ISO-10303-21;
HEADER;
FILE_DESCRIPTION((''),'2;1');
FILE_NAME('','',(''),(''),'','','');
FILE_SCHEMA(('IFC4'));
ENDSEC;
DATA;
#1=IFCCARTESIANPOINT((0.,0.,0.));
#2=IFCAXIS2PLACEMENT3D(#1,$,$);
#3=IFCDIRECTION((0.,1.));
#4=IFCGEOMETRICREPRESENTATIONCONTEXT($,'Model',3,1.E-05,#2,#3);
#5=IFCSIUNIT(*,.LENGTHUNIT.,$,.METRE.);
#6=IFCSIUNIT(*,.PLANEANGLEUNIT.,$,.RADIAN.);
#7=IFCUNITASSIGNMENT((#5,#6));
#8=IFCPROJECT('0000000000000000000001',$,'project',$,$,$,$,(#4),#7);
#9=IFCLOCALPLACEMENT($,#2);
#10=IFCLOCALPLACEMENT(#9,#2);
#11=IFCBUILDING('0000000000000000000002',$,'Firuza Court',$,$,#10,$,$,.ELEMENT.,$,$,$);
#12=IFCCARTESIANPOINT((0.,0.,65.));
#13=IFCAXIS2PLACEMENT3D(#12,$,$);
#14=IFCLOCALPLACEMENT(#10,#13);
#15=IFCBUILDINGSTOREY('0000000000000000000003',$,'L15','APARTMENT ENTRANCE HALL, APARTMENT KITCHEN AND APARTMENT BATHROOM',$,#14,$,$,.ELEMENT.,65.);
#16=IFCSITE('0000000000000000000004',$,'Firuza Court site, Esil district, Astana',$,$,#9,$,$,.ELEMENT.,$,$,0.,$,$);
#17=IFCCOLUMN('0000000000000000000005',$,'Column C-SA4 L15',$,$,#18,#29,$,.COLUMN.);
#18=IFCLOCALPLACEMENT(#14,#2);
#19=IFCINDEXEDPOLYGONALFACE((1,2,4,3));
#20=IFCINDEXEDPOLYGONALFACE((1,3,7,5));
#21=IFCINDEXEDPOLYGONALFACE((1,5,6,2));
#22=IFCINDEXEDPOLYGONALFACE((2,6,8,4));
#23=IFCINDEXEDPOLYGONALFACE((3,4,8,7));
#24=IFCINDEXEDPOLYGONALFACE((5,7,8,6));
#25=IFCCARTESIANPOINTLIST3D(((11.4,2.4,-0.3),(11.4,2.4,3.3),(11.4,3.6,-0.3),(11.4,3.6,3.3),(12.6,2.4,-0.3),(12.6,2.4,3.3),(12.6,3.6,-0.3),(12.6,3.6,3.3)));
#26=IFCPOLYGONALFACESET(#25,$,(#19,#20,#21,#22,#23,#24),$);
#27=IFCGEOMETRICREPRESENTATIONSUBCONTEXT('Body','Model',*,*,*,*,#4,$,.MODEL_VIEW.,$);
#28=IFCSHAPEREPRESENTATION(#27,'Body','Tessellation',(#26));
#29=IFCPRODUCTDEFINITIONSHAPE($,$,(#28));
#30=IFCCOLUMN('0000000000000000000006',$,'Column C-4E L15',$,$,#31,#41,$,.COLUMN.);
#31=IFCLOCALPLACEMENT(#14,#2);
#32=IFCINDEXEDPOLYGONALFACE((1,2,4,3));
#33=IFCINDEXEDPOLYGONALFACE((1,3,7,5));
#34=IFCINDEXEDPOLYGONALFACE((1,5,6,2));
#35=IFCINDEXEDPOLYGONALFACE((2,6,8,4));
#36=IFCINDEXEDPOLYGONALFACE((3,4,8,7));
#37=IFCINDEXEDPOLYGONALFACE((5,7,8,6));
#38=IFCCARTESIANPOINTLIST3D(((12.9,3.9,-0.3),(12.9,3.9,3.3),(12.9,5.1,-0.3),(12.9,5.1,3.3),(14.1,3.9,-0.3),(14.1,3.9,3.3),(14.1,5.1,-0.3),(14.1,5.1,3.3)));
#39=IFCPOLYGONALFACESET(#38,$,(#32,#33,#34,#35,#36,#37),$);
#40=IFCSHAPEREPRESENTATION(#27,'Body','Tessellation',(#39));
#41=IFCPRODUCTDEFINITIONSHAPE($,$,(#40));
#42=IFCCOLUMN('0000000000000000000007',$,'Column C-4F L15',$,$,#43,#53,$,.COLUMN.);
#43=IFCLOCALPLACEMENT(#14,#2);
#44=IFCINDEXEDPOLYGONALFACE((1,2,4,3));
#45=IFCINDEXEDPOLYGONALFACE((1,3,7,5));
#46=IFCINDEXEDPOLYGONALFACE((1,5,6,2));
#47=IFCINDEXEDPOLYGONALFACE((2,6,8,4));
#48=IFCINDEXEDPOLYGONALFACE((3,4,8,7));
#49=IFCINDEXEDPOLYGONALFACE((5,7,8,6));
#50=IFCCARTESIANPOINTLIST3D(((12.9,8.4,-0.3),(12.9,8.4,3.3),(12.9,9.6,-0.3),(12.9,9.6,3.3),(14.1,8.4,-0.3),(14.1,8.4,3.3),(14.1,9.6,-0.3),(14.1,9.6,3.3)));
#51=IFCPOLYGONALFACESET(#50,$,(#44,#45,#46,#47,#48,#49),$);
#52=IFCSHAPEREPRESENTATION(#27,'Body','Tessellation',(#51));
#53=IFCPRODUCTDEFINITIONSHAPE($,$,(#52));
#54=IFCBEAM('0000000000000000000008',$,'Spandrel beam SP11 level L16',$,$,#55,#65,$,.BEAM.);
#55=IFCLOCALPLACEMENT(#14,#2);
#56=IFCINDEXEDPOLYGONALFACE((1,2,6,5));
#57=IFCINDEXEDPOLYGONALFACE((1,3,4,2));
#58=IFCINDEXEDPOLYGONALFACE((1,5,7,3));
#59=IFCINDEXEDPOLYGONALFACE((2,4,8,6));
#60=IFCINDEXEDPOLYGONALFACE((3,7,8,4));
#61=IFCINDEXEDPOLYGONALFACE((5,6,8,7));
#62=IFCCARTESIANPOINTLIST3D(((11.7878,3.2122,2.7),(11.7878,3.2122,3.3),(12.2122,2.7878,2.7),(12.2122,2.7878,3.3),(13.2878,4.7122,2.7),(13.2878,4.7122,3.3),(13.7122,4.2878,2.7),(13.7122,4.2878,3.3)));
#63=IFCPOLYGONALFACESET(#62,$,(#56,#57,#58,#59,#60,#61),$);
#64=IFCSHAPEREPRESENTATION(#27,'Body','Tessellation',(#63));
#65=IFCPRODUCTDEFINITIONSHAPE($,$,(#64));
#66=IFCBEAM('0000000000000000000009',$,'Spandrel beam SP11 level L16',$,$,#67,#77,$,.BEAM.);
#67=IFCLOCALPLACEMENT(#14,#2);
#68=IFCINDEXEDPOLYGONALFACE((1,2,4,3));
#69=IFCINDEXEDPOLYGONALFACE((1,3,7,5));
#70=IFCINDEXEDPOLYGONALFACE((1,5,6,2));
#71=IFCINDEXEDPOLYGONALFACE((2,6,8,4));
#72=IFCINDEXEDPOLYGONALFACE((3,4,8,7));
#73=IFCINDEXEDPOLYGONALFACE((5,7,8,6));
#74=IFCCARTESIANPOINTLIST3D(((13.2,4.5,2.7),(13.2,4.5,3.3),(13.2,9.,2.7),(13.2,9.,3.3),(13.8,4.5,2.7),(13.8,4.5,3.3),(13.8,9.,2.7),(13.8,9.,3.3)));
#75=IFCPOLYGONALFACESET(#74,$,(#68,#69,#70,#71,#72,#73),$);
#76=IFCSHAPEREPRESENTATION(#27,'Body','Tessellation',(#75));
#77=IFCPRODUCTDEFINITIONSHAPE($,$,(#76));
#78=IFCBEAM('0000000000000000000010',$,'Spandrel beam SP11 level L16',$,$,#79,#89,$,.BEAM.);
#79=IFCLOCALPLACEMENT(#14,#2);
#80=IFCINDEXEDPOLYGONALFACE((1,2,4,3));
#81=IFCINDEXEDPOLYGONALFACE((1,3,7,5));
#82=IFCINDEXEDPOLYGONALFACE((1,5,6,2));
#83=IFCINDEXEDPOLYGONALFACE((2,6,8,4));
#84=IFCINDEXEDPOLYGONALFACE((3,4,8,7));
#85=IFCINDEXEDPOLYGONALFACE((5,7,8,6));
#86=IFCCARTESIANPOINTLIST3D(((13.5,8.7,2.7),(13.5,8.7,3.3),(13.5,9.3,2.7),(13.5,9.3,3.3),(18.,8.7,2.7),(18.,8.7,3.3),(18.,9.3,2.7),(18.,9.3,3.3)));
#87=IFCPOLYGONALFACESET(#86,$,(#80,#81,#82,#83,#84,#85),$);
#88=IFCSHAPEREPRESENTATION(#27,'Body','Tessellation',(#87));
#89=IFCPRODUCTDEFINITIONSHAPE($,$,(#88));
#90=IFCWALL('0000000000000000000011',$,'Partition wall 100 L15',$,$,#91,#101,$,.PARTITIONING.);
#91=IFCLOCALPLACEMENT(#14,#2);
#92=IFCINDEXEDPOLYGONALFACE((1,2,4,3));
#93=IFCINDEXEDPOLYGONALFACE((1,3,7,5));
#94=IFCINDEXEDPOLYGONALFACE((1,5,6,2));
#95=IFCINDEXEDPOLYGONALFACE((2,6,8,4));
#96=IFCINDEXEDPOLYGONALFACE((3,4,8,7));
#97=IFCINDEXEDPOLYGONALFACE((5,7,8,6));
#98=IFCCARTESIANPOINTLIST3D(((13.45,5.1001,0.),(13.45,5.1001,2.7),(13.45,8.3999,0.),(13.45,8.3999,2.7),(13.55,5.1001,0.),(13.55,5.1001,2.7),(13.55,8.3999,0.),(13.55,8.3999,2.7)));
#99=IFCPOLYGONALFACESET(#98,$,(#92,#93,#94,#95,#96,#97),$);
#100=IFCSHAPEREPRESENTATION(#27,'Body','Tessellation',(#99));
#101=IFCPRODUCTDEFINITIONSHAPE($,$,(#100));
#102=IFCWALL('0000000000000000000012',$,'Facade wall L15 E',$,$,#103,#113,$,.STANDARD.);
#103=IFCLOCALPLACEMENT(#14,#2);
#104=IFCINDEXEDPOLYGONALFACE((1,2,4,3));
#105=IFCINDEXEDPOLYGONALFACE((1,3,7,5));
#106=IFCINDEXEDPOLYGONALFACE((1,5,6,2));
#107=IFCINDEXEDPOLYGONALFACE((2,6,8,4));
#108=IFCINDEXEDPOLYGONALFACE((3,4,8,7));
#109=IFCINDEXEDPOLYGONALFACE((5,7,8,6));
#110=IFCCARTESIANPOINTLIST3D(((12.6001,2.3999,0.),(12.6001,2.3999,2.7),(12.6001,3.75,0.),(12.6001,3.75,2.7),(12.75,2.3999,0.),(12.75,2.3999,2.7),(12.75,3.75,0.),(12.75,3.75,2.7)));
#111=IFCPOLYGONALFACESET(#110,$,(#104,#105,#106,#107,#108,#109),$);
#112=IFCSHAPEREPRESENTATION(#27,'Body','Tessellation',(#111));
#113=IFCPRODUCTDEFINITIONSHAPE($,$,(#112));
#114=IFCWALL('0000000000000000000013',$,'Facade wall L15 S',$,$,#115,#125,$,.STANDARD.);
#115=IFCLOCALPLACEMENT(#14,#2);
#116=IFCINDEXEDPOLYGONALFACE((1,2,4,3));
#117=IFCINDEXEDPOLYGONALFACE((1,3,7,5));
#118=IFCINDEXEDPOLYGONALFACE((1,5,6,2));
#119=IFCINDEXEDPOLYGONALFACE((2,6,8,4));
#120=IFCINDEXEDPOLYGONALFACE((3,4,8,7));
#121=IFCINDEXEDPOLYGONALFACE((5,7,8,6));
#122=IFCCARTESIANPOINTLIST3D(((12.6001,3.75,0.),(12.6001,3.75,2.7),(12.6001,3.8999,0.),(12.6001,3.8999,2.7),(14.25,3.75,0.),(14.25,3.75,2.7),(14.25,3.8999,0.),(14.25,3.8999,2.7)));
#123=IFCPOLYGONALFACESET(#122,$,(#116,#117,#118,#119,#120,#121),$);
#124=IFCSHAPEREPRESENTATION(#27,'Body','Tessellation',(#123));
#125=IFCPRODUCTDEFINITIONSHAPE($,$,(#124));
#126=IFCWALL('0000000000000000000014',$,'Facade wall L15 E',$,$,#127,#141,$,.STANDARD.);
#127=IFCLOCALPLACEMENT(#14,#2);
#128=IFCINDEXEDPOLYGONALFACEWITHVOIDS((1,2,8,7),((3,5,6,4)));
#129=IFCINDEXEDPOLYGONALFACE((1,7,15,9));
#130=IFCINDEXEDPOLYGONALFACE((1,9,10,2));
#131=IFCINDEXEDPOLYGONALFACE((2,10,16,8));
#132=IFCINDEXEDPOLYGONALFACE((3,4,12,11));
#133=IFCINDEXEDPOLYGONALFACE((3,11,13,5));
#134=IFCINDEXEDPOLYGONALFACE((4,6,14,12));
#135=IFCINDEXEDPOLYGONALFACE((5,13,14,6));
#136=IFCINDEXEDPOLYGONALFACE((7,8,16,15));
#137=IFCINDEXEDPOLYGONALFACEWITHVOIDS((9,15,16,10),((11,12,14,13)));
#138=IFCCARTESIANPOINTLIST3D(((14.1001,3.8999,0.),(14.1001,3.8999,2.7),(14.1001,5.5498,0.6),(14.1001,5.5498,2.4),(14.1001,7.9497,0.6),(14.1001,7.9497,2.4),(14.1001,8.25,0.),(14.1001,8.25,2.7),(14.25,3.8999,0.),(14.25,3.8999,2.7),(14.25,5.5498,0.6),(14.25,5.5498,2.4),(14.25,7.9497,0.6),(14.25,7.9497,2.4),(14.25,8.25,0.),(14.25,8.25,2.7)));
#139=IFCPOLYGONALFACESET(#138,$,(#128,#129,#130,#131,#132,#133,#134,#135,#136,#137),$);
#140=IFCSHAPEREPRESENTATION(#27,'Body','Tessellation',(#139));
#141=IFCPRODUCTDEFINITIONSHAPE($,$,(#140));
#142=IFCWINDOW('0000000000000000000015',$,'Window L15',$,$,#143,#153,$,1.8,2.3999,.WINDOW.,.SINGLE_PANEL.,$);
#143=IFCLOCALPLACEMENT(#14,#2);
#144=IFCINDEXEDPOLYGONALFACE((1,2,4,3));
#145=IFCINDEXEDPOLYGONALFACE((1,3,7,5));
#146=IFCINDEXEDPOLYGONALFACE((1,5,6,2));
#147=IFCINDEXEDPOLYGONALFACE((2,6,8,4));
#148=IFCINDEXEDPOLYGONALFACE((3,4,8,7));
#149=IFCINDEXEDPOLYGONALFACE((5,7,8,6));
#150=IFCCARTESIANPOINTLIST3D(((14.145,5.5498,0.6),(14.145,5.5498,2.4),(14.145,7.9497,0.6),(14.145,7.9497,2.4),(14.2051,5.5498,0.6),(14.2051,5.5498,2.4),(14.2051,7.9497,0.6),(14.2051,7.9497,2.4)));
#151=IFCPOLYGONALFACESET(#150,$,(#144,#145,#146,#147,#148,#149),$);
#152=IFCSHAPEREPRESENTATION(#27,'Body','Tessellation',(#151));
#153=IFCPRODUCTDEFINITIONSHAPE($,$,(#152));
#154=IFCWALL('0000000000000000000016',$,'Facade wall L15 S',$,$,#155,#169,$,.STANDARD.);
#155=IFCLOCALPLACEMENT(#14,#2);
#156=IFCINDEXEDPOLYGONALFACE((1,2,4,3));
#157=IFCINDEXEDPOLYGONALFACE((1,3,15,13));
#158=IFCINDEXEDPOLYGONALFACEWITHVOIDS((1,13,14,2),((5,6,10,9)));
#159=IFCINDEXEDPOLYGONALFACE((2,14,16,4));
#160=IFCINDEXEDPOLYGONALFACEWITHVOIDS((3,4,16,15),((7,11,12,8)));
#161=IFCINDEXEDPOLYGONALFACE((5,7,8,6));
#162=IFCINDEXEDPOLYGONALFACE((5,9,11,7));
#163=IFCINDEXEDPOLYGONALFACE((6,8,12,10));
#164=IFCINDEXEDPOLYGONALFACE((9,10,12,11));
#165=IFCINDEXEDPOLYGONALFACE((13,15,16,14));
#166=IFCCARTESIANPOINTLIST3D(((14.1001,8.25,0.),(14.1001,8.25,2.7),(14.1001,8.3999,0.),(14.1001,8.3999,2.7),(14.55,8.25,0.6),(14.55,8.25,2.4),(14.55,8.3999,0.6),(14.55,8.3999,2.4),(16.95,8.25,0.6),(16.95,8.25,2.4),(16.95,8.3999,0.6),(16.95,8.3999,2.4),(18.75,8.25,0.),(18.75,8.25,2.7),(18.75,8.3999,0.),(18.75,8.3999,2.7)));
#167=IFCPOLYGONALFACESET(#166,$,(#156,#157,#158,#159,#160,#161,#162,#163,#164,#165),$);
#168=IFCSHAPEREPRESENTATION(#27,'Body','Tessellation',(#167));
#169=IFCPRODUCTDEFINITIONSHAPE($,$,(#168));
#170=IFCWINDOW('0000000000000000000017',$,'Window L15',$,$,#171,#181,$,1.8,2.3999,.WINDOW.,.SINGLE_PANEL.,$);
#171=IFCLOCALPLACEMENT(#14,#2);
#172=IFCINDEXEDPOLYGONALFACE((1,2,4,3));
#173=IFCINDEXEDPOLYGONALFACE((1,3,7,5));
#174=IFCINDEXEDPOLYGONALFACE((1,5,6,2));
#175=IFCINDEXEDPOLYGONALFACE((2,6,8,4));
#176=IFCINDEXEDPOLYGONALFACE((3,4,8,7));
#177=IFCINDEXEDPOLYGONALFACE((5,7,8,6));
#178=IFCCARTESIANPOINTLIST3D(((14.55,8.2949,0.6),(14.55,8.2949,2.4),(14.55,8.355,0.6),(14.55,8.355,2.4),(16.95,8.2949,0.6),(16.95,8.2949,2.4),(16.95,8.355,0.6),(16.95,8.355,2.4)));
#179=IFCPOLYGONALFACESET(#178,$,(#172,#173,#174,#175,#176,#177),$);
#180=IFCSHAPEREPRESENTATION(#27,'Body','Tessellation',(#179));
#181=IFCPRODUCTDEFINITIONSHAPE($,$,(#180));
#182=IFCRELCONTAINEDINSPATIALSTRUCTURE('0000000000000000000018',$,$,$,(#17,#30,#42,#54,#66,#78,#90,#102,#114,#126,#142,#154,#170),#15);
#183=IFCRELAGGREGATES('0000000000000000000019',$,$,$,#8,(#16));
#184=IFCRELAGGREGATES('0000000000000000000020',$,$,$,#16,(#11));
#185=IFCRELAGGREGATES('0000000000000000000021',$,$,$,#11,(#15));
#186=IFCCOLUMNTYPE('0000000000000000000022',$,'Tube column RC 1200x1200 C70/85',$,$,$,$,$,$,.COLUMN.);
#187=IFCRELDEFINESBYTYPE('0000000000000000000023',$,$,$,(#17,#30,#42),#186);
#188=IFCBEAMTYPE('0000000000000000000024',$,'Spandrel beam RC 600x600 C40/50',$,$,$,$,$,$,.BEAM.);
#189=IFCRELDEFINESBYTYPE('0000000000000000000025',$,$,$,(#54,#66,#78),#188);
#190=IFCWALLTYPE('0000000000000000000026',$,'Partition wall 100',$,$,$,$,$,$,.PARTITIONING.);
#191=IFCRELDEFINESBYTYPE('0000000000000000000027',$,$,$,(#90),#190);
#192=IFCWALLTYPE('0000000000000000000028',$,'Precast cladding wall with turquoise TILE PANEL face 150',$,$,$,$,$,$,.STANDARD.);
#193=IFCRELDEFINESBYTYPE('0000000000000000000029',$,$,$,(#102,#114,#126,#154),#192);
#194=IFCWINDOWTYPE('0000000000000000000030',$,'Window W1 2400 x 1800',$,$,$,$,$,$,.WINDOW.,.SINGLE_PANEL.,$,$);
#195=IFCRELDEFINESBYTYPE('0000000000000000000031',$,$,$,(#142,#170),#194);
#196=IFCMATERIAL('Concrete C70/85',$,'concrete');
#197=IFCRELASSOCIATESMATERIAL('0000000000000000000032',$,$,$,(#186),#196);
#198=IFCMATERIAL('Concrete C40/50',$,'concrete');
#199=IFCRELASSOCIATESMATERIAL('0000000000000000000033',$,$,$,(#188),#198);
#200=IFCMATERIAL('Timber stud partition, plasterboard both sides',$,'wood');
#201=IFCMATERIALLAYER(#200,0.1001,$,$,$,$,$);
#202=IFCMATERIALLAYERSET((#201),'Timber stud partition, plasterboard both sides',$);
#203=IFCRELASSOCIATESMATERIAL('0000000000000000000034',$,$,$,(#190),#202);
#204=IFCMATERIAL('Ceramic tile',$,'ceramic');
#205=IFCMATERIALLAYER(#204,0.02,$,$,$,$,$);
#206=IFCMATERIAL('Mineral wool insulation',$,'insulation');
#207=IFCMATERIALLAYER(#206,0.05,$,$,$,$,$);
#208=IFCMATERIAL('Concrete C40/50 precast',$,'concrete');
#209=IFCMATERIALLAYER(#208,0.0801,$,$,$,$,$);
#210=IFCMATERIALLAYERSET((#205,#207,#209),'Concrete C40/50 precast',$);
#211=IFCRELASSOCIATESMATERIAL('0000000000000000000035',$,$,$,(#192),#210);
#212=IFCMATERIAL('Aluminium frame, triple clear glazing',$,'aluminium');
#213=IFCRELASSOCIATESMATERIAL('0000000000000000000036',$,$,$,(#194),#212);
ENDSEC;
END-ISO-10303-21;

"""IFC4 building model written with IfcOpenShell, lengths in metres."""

from ifc_helpers import new_model, si_unit, direction, frame, frame_2d, origin, origin_2d, place, context, subcontext, project, spatial, rectangle, extrude, material, layer, layer_set, material_profile, profile_set, type_object, element, fill, save


model = new_model("IFC4")

# Units and contexts
model_context = context("Model", 3, precision=1e-05, world=origin(), true_north=direction((0.0, 1.0)))
body_context = subcontext(model_context, "Body", "Model", "MODEL_VIEW")
ifc_project = project(units=[si_unit("LENGTHUNIT", "METRE"), si_unit("PLANEANGLEUNIT", "RADIAN")], contexts=[model_context])

# Site, building, storey
site_placement = place(None, origin())
site = spatial("IfcSite", under=ifc_project, at=site_placement, Name="Firuza Court site, Esil district, Astana", CompositionType="ELEMENT", RefElevation=0.0)
building_placement = place(site_placement, origin())
building = spatial("IfcBuilding", under=site, at=building_placement, Name="Firuza Court", CompositionType="ELEMENT")
storey_placement = place(building_placement, frame((0.0, 0.0, 65.0)))
storey = spatial("IfcBuildingStorey", under=building, at=storey_placement, Name="L15", Description="APARTMENT ENTRANCE HALL, APARTMENT KITCHEN AND APARTMENT BATHROOM", CompositionType="ELEMENT", Elevation=65.0)

# Columns
ifc_material_1 = material(Name="Concrete C70/85", Category="concrete")
ifc_material_profile_1 = material_profile(ifc_material_1, rectangle(XDim=1.2, YDim=1.2, at=origin_2d()), Name="RC 1200x1200")
ifc_profile_set_1 = profile_set([ifc_material_profile_1], Name="Concrete C70/85")
column_type = type_object("IfcColumnType", Name="Tube column RC 1200x1200 C70/85", PredefinedType="COLUMN", material=ifc_profile_set_1)
for number, where, z_axis, x_axis, name in (
    (1, (12.0, 3.0, -0.3), (0.0, 0.0, 1.0), (1.0, 0.0, 0.0), "Column C-SA4 L15"),
    (2, (13.5, 4.5, -0.3), (0.0, 0.0, 1.0), (1.0, 0.0, 0.0), "Column C-4E L15"),
    (3, (13.5, 9.0, -0.3), (0.0, 0.0, 1.0), (1.0, 0.0, 0.0), "Column C-4F L15"),
):
    element("IfcColumn", number, at=place(storey_placement, frame(where, z_axis=z_axis, x_axis=x_axis)), inside=storey, type_object=column_type, Name=name, PredefinedType="COLUMN", context=body_context, shape_type="SweptSolid", body=[
        extrude(rectangle(XDim=1.2, YDim=1.2, at=origin_2d()), origin(), (0.0, 0.0, 1.0), 3.6001),
    ])

# Beams
ifc_material_2 = material(Name="Concrete C40/50", Category="concrete")
ifc_material_profile_2 = material_profile(ifc_material_2, rectangle(XDim=0.6001, YDim=0.6001, at=origin_2d()), Name="RC 600x600")
ifc_profile_set_2 = profile_set([ifc_material_profile_2], Name="Concrete C40/50")
beam_type = type_object("IfcBeamType", Name="Spandrel beam RC 600x600 C40/50", PredefinedType="BEAM", material=ifc_profile_set_2)
beam_placement = place(storey_placement, frame((12.0, 3.0, 3.0), z_axis=(0.707107, 0.707107, 0.0), x_axis=(-0.707107, 0.707107, 0.0)))
element("IfcBeam", 4, at=beam_placement, inside=storey, type_object=beam_type, Name="Spandrel beam SP11 level L16", PredefinedType="BEAM", context=body_context, shape_type="SweptSolid", body=[
    extrude(rectangle(XDim=0.6001, YDim=0.6001, at=origin_2d()), origin(), (0.0, 0.0, 1.0), 2.1213),
])
for number, where, z_axis, x_axis, name in (
    (5, (13.5, 4.5, 3.0), (0.0, 1.0, 0.0), (-1.0, 0.0, 0.0), "Spandrel beam SP11 level L16"),
    (6, (13.5, 9.0, 3.0), (1.0, 0.0, 0.0), (0.0, 1.0, 0.0), "Spandrel beam SP11 level L16"),
):
    element("IfcBeam", number, at=place(storey_placement, frame(where, z_axis=z_axis, x_axis=x_axis)), inside=storey, type_object=beam_type, Name=name, PredefinedType="BEAM", context=body_context, shape_type="SweptSolid", body=[
        extrude(rectangle(XDim=0.6001, YDim=0.6001, at=origin_2d()), origin(), (0.0, 0.0, 1.0), 4.5),
    ])

# Walls
ifc_material_3 = material(Name="Timber stud partition, plasterboard both sides", Category="wood")
ifc_layer_1 = layer(ifc_material_3, 0.1001)
ifc_layer_set_1 = layer_set([ifc_layer_1], Name="Timber stud partition, plasterboard both sides")
wall_type_1 = type_object("IfcWallType", Name="Partition wall 100", PredefinedType="PARTITIONING", material=ifc_layer_set_1)
wall_1_placement = place(storey_placement, frame((13.5, 5.1001, 0.0), z_axis=(0.0, 0.0, 1.0), x_axis=(0.0, 1.0, 0.0)))
element("IfcWall", 7, at=wall_1_placement, inside=storey, type_object=wall_type_1, Name="Partition wall 100 L15", PredefinedType="PARTITIONING", context=body_context, shape_type="SweptSolid", body=[
    extrude(rectangle(XDim=3.2998, YDim=0.1001, at=frame_2d((1.6499, 0.0))), origin(), (0.0, 0.0, 1.0), 2.7),
])
ifc_material_4 = material(Name="Ceramic tile", Category="ceramic")
ifc_layer_2 = layer(ifc_material_4, 0.02)
ifc_material_5 = material(Name="Mineral wool insulation", Category="insulation")
ifc_layer_3 = layer(ifc_material_5, 0.05)
ifc_material_6 = material(Name="Concrete C40/50 precast", Category="concrete")
ifc_layer_4 = layer(ifc_material_6, 0.0801)
ifc_layer_set_2 = layer_set([ifc_layer_2, ifc_layer_3, ifc_layer_4], Name="Concrete C40/50 precast")
wall_type_2 = type_object("IfcWallType", Name="Precast cladding wall with turquoise TILE PANEL face 150", PredefinedType="STANDARD", material=ifc_layer_set_2)
wall_2_placement = place(storey_placement, frame((12.675, 2.3999, 0.0), z_axis=(0.0, 0.0, 1.0), x_axis=(0.0, 1.0, 0.0)))
element("IfcWall", 8, at=wall_2_placement, inside=storey, type_object=wall_type_2, Name="Facade wall L15 E", PredefinedType="STANDARD", context=body_context, shape_type="SweptSolid", body=[
    extrude(rectangle(XDim=1.3501, YDim=0.1499, at=frame_2d((0.675, 0.0))), origin(), (0.0, 0.0, 1.0), 2.7),
])
wall_3_placement = place(storey_placement, frame((12.6001, 3.825, 0.0), z_axis=(0.0, 0.0, 1.0), x_axis=(1.0, 0.0, 0.0)))
element("IfcWall", 9, at=wall_3_placement, inside=storey, type_object=wall_type_2, Name="Facade wall L15 S", PredefinedType="STANDARD", context=body_context, shape_type="SweptSolid", body=[
    extrude(rectangle(XDim=1.6499, YDim=0.1499, at=frame_2d((0.825, 0.0))), origin(), (0.0, 0.0, 1.0), 2.7),
])

# Walls, openings, windows
wall_4_placement = place(storey_placement, frame((14.175, 3.8999, 0.0), z_axis=(0.0, 0.0, 1.0), x_axis=(0.0, 1.0, 0.0)))
wall_4 = element("IfcWall", 10, at=wall_4_placement, inside=storey, type_object=wall_type_2, Name="Facade wall L15 E", PredefinedType="STANDARD", context=body_context, shape_type="SweptSolid", body=[
    extrude(rectangle(XDim=4.3501, YDim=0.1499, at=frame_2d((2.175, 0.0))), origin(), (0.0, 0.0, 1.0), 2.7),
])
opening_1_placement = place(wall_4_placement, frame((1.6499, 0.0, 0.6001)))
opening_1 = element("IfcOpeningElement", 11, at=opening_1_placement, cuts=wall_4, PredefinedType="OPENING", context=body_context, shape_type="SweptSolid", body=[
    extrude(rectangle(XDim=2.3999, YDim=1.8, at=frame_2d((1.2, 0.8999))), frame((0.0, 0.0869, 0.0), z_axis=(0.0, -1.0, 0.0), x_axis=(1.0, 0.0, 0.0)), (0.0, 0.0, 1.0), 0.1738),
])
ifc_material_7 = material(Name="Aluminium frame, triple clear glazing", Category="aluminium")
window_type_1 = type_object("IfcWindowType", Name="Window W1 2400 x 1800", PartitioningType="SINGLE_PANEL", PredefinedType="WINDOW", material=ifc_material_7)
window_1_placement = place(opening_1_placement, origin())
window_1 = element("IfcWindow", 12, at=window_1_placement, inside=storey, type_object=window_type_1, Name="Window L15", OverallHeight=1.8, OverallWidth=2.3999, PartitioningType="SINGLE_PANEL", PredefinedType="WINDOW", context=body_context, shape_type="SweptSolid", body=[
    extrude(rectangle(XDim=2.3999, YDim=1.8, at=frame_2d((1.2, 0.8999))), frame((0.0, 0.03, 0.0), z_axis=(0.0, -1.0, 0.0), x_axis=(1.0, 0.0, 0.0)), (0.0, 0.0, 1.0), 0.0601),
])
fill(opening_1, window_1)
wall_5_placement = place(storey_placement, frame((14.1001, 8.325, 0.0), z_axis=(0.0, 0.0, 1.0), x_axis=(1.0, 0.0, 0.0)))
wall_5 = element("IfcWall", 13, at=wall_5_placement, inside=storey, type_object=wall_type_2, Name="Facade wall L15 S", PredefinedType="STANDARD", context=body_context, shape_type="SweptSolid", body=[
    extrude(rectangle(XDim=4.6499, YDim=0.1499, at=frame_2d((2.325, 0.0))), origin(), (0.0, 0.0, 1.0), 2.7),
])
opening_2_placement = place(wall_5_placement, frame((0.45, 0.0, 0.6001)))
opening_2 = element("IfcOpeningElement", 14, at=opening_2_placement, cuts=wall_5, PredefinedType="OPENING", context=body_context, shape_type="SweptSolid", body=[
    extrude(rectangle(XDim=2.3999, YDim=1.8, at=frame_2d((1.2, 0.8999))), frame((0.0, 0.0869, 0.0), z_axis=(0.0, -1.0, 0.0), x_axis=(1.0, 0.0, 0.0)), (0.0, 0.0, 1.0), 0.1738),
])
window_2_placement = place(opening_2_placement, origin())
window_2 = element("IfcWindow", 15, at=window_2_placement, inside=storey, type_object=window_type_1, Name="Window L15", OverallHeight=1.8, OverallWidth=2.3999, PartitioningType="SINGLE_PANEL", PredefinedType="WINDOW", context=body_context, shape_type="SweptSolid", body=[
    extrude(rectangle(XDim=2.3999, YDim=1.8, at=frame_2d((1.2, 0.8999))), frame((0.0, 0.03, 0.0), z_axis=(0.0, -1.0, 0.0), x_axis=(1.0, 0.0, 0.0)), (0.0, 0.0, 1.0), 0.0601),
])
fill(opening_2, window_2)

save(model, "model.ifc")
